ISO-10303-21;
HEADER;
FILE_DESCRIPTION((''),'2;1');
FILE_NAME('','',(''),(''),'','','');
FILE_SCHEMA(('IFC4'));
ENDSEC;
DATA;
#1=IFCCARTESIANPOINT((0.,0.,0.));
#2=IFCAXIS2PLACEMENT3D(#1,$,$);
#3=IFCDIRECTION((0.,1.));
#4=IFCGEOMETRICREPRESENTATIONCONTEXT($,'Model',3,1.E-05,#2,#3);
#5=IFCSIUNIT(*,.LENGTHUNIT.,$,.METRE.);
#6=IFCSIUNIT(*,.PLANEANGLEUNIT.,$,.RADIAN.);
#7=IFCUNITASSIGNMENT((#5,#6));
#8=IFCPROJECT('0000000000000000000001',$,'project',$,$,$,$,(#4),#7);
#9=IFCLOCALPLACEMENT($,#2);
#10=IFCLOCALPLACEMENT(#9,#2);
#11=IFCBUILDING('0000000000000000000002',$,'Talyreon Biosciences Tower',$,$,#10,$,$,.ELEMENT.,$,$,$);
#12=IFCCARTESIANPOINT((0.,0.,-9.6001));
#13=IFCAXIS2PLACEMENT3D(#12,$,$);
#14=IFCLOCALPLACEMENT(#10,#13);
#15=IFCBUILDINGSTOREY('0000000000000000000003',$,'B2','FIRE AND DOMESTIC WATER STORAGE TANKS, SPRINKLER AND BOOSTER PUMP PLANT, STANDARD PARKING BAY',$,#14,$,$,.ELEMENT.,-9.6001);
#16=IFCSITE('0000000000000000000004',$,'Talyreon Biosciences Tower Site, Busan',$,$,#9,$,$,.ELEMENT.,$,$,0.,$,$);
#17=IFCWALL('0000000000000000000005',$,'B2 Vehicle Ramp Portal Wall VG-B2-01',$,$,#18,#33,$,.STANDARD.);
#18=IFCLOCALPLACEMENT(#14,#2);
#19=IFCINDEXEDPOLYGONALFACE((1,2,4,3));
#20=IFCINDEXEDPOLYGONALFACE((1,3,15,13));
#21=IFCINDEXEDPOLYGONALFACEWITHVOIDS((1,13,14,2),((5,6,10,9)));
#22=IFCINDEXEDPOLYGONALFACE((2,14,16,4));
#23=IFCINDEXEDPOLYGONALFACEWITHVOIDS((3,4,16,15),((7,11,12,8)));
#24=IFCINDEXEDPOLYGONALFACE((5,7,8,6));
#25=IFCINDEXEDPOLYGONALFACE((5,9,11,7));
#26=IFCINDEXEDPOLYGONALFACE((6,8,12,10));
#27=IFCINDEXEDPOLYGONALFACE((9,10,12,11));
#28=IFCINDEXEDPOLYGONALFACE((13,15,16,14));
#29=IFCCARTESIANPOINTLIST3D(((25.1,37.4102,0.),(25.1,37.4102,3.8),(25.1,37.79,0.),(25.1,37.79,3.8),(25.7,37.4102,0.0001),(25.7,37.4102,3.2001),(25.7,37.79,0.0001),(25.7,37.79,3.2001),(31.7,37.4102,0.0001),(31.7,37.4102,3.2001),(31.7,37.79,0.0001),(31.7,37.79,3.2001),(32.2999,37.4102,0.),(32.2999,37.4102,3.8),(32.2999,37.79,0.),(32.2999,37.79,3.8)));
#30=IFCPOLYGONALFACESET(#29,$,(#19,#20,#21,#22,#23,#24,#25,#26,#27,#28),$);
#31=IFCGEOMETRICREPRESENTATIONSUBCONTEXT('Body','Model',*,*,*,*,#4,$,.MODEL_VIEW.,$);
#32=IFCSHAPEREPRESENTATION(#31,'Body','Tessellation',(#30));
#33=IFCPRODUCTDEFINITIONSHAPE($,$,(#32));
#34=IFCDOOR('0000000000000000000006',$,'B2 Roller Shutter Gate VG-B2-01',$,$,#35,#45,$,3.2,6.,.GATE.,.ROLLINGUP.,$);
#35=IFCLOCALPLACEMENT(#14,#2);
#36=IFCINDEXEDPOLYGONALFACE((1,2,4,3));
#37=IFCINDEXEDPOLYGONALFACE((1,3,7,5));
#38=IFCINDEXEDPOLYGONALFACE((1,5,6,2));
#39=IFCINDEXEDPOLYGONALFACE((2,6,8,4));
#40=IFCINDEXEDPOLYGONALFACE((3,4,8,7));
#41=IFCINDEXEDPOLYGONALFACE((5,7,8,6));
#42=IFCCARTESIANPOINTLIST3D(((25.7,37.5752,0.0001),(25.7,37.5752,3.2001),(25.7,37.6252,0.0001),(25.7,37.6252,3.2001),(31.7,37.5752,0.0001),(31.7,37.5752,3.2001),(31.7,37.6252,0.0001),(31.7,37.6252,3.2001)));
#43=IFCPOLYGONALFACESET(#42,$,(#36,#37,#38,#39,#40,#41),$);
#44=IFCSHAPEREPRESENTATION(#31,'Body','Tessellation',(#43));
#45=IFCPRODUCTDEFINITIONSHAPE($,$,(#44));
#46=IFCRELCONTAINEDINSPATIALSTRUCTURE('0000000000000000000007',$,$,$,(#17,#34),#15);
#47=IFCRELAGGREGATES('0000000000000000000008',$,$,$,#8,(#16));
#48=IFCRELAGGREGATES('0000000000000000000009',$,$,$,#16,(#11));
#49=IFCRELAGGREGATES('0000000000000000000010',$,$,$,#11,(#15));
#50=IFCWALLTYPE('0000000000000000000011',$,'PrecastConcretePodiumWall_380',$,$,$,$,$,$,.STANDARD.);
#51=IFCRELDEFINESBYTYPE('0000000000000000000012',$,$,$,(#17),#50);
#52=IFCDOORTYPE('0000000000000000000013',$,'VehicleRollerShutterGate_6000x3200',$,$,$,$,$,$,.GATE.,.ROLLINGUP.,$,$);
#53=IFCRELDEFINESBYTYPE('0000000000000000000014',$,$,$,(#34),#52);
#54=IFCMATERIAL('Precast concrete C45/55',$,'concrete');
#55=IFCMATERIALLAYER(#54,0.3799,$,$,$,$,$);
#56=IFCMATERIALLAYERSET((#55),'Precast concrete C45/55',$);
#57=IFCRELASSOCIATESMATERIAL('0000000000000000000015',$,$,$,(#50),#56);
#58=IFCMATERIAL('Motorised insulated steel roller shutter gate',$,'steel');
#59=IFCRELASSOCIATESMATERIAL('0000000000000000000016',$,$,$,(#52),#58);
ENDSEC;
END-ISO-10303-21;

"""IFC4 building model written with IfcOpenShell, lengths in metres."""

from ifc_helpers import new_model, si_unit, direction, frame, frame_2d, origin, place, context, subcontext, project, spatial, rectangle, extrude, material, layer, layer_set, type_object, element, fill, save


model = new_model("IFC4")

# Units and contexts
model_context = context("Model", 3, precision=1e-05, world=origin(), true_north=direction((0.0, 1.0)))
body_context = subcontext(model_context, "Body", "Model", "MODEL_VIEW")
ifc_project = project(units=[si_unit("LENGTHUNIT", "METRE"), si_unit("PLANEANGLEUNIT", "RADIAN")], contexts=[model_context])

# Site, building, storey
site_placement = place(None, origin())
site = spatial("IfcSite", under=ifc_project, at=site_placement, Name="Talyreon Biosciences Tower Site, Busan", CompositionType="ELEMENT", RefElevation=0.0)
building_placement = place(site_placement, origin())
building = spatial("IfcBuilding", under=site, at=building_placement, Name="Talyreon Biosciences Tower", CompositionType="ELEMENT")
storey_placement = place(building_placement, frame((0.0, 0.0, -9.6001)))
storey = spatial("IfcBuildingStorey", under=building, at=storey_placement, Name="B2", Description="FIRE AND DOMESTIC WATER STORAGE TANKS, SPRINKLER AND BOOSTER PUMP PLANT, STANDARD PARKING BAY", CompositionType="ELEMENT", Elevation=-9.6001)

# Wall, opening, door
ifc_material_1 = material(Name="Precast concrete C45/55", Category="concrete")
ifc_layer_1 = layer(ifc_material_1, 0.3799)
ifc_layer_set_1 = layer_set([ifc_layer_1], Name="Precast concrete C45/55")
wall_type_1 = type_object("IfcWallType", Name="PrecastConcretePodiumWall_380", PredefinedType="STANDARD", material=ifc_layer_set_1)
wall_1_placement = place(storey_placement, frame((32.3, 37.6001, 0.0), z_axis=(0.0, 0.0, 1.0), x_axis=(-1.0, 0.0, 0.0)))
wall_1 = element("IfcWall", 1, at=wall_1_placement, inside=storey, type_object=wall_type_1, Name="B2 Vehicle Ramp Portal Wall VG-B2-01", PredefinedType="STANDARD", context=body_context, shape_type="SweptSolid", body=[
    extrude(rectangle(XDim=7.2, YDim=0.3799, at=frame_2d((3.6001, 0.0))), origin(), (0.0, 0.0, 1.0), 3.8),
])
opening_placement = place(wall_1_placement, frame((0.6001, 0.0, 0.0)))
opening = element("IfcOpeningElement", 2, at=opening_placement, cuts=wall_1, PredefinedType="OPENING", context=body_context, shape_type="SweptSolid", body=[
    extrude(rectangle(XDim=6.0, YDim=3.2, at=frame_2d((3.0, 1.6001))), frame((0.0, 0.2, 0.0), z_axis=(0.0, -1.0, 0.0), x_axis=(1.0, 0.0, 0.0)), (0.0, 0.0, 1.0), 0.3999),
])
ifc_material_2 = material(Name="Motorised insulated steel roller shutter gate", Category="steel")
door_type = type_object("IfcDoorType", Name="VehicleRollerShutterGate_6000x3200", OperationType="ROLLINGUP", PredefinedType="GATE", material=ifc_material_2)
door_placement = place(opening_placement, origin())
door = element("IfcDoor", 3, at=door_placement, inside=storey, type_object=door_type, Name="B2 Roller Shutter Gate VG-B2-01", OperationType="ROLLINGUP", OverallHeight=3.2, OverallWidth=6.0, PredefinedType="GATE", context=body_context, shape_type="SweptSolid", body=[
    extrude(rectangle(XDim=6.0, YDim=3.2, at=frame_2d((3.0, 1.6001))), frame((0.0, 0.0249, 0.0), z_axis=(0.0, -1.0, 0.0), x_axis=(1.0, 0.0, 0.0)), (0.0, 0.0, 1.0), 0.05),
])
fill(opening, door)

save(model, "model.ifc")
